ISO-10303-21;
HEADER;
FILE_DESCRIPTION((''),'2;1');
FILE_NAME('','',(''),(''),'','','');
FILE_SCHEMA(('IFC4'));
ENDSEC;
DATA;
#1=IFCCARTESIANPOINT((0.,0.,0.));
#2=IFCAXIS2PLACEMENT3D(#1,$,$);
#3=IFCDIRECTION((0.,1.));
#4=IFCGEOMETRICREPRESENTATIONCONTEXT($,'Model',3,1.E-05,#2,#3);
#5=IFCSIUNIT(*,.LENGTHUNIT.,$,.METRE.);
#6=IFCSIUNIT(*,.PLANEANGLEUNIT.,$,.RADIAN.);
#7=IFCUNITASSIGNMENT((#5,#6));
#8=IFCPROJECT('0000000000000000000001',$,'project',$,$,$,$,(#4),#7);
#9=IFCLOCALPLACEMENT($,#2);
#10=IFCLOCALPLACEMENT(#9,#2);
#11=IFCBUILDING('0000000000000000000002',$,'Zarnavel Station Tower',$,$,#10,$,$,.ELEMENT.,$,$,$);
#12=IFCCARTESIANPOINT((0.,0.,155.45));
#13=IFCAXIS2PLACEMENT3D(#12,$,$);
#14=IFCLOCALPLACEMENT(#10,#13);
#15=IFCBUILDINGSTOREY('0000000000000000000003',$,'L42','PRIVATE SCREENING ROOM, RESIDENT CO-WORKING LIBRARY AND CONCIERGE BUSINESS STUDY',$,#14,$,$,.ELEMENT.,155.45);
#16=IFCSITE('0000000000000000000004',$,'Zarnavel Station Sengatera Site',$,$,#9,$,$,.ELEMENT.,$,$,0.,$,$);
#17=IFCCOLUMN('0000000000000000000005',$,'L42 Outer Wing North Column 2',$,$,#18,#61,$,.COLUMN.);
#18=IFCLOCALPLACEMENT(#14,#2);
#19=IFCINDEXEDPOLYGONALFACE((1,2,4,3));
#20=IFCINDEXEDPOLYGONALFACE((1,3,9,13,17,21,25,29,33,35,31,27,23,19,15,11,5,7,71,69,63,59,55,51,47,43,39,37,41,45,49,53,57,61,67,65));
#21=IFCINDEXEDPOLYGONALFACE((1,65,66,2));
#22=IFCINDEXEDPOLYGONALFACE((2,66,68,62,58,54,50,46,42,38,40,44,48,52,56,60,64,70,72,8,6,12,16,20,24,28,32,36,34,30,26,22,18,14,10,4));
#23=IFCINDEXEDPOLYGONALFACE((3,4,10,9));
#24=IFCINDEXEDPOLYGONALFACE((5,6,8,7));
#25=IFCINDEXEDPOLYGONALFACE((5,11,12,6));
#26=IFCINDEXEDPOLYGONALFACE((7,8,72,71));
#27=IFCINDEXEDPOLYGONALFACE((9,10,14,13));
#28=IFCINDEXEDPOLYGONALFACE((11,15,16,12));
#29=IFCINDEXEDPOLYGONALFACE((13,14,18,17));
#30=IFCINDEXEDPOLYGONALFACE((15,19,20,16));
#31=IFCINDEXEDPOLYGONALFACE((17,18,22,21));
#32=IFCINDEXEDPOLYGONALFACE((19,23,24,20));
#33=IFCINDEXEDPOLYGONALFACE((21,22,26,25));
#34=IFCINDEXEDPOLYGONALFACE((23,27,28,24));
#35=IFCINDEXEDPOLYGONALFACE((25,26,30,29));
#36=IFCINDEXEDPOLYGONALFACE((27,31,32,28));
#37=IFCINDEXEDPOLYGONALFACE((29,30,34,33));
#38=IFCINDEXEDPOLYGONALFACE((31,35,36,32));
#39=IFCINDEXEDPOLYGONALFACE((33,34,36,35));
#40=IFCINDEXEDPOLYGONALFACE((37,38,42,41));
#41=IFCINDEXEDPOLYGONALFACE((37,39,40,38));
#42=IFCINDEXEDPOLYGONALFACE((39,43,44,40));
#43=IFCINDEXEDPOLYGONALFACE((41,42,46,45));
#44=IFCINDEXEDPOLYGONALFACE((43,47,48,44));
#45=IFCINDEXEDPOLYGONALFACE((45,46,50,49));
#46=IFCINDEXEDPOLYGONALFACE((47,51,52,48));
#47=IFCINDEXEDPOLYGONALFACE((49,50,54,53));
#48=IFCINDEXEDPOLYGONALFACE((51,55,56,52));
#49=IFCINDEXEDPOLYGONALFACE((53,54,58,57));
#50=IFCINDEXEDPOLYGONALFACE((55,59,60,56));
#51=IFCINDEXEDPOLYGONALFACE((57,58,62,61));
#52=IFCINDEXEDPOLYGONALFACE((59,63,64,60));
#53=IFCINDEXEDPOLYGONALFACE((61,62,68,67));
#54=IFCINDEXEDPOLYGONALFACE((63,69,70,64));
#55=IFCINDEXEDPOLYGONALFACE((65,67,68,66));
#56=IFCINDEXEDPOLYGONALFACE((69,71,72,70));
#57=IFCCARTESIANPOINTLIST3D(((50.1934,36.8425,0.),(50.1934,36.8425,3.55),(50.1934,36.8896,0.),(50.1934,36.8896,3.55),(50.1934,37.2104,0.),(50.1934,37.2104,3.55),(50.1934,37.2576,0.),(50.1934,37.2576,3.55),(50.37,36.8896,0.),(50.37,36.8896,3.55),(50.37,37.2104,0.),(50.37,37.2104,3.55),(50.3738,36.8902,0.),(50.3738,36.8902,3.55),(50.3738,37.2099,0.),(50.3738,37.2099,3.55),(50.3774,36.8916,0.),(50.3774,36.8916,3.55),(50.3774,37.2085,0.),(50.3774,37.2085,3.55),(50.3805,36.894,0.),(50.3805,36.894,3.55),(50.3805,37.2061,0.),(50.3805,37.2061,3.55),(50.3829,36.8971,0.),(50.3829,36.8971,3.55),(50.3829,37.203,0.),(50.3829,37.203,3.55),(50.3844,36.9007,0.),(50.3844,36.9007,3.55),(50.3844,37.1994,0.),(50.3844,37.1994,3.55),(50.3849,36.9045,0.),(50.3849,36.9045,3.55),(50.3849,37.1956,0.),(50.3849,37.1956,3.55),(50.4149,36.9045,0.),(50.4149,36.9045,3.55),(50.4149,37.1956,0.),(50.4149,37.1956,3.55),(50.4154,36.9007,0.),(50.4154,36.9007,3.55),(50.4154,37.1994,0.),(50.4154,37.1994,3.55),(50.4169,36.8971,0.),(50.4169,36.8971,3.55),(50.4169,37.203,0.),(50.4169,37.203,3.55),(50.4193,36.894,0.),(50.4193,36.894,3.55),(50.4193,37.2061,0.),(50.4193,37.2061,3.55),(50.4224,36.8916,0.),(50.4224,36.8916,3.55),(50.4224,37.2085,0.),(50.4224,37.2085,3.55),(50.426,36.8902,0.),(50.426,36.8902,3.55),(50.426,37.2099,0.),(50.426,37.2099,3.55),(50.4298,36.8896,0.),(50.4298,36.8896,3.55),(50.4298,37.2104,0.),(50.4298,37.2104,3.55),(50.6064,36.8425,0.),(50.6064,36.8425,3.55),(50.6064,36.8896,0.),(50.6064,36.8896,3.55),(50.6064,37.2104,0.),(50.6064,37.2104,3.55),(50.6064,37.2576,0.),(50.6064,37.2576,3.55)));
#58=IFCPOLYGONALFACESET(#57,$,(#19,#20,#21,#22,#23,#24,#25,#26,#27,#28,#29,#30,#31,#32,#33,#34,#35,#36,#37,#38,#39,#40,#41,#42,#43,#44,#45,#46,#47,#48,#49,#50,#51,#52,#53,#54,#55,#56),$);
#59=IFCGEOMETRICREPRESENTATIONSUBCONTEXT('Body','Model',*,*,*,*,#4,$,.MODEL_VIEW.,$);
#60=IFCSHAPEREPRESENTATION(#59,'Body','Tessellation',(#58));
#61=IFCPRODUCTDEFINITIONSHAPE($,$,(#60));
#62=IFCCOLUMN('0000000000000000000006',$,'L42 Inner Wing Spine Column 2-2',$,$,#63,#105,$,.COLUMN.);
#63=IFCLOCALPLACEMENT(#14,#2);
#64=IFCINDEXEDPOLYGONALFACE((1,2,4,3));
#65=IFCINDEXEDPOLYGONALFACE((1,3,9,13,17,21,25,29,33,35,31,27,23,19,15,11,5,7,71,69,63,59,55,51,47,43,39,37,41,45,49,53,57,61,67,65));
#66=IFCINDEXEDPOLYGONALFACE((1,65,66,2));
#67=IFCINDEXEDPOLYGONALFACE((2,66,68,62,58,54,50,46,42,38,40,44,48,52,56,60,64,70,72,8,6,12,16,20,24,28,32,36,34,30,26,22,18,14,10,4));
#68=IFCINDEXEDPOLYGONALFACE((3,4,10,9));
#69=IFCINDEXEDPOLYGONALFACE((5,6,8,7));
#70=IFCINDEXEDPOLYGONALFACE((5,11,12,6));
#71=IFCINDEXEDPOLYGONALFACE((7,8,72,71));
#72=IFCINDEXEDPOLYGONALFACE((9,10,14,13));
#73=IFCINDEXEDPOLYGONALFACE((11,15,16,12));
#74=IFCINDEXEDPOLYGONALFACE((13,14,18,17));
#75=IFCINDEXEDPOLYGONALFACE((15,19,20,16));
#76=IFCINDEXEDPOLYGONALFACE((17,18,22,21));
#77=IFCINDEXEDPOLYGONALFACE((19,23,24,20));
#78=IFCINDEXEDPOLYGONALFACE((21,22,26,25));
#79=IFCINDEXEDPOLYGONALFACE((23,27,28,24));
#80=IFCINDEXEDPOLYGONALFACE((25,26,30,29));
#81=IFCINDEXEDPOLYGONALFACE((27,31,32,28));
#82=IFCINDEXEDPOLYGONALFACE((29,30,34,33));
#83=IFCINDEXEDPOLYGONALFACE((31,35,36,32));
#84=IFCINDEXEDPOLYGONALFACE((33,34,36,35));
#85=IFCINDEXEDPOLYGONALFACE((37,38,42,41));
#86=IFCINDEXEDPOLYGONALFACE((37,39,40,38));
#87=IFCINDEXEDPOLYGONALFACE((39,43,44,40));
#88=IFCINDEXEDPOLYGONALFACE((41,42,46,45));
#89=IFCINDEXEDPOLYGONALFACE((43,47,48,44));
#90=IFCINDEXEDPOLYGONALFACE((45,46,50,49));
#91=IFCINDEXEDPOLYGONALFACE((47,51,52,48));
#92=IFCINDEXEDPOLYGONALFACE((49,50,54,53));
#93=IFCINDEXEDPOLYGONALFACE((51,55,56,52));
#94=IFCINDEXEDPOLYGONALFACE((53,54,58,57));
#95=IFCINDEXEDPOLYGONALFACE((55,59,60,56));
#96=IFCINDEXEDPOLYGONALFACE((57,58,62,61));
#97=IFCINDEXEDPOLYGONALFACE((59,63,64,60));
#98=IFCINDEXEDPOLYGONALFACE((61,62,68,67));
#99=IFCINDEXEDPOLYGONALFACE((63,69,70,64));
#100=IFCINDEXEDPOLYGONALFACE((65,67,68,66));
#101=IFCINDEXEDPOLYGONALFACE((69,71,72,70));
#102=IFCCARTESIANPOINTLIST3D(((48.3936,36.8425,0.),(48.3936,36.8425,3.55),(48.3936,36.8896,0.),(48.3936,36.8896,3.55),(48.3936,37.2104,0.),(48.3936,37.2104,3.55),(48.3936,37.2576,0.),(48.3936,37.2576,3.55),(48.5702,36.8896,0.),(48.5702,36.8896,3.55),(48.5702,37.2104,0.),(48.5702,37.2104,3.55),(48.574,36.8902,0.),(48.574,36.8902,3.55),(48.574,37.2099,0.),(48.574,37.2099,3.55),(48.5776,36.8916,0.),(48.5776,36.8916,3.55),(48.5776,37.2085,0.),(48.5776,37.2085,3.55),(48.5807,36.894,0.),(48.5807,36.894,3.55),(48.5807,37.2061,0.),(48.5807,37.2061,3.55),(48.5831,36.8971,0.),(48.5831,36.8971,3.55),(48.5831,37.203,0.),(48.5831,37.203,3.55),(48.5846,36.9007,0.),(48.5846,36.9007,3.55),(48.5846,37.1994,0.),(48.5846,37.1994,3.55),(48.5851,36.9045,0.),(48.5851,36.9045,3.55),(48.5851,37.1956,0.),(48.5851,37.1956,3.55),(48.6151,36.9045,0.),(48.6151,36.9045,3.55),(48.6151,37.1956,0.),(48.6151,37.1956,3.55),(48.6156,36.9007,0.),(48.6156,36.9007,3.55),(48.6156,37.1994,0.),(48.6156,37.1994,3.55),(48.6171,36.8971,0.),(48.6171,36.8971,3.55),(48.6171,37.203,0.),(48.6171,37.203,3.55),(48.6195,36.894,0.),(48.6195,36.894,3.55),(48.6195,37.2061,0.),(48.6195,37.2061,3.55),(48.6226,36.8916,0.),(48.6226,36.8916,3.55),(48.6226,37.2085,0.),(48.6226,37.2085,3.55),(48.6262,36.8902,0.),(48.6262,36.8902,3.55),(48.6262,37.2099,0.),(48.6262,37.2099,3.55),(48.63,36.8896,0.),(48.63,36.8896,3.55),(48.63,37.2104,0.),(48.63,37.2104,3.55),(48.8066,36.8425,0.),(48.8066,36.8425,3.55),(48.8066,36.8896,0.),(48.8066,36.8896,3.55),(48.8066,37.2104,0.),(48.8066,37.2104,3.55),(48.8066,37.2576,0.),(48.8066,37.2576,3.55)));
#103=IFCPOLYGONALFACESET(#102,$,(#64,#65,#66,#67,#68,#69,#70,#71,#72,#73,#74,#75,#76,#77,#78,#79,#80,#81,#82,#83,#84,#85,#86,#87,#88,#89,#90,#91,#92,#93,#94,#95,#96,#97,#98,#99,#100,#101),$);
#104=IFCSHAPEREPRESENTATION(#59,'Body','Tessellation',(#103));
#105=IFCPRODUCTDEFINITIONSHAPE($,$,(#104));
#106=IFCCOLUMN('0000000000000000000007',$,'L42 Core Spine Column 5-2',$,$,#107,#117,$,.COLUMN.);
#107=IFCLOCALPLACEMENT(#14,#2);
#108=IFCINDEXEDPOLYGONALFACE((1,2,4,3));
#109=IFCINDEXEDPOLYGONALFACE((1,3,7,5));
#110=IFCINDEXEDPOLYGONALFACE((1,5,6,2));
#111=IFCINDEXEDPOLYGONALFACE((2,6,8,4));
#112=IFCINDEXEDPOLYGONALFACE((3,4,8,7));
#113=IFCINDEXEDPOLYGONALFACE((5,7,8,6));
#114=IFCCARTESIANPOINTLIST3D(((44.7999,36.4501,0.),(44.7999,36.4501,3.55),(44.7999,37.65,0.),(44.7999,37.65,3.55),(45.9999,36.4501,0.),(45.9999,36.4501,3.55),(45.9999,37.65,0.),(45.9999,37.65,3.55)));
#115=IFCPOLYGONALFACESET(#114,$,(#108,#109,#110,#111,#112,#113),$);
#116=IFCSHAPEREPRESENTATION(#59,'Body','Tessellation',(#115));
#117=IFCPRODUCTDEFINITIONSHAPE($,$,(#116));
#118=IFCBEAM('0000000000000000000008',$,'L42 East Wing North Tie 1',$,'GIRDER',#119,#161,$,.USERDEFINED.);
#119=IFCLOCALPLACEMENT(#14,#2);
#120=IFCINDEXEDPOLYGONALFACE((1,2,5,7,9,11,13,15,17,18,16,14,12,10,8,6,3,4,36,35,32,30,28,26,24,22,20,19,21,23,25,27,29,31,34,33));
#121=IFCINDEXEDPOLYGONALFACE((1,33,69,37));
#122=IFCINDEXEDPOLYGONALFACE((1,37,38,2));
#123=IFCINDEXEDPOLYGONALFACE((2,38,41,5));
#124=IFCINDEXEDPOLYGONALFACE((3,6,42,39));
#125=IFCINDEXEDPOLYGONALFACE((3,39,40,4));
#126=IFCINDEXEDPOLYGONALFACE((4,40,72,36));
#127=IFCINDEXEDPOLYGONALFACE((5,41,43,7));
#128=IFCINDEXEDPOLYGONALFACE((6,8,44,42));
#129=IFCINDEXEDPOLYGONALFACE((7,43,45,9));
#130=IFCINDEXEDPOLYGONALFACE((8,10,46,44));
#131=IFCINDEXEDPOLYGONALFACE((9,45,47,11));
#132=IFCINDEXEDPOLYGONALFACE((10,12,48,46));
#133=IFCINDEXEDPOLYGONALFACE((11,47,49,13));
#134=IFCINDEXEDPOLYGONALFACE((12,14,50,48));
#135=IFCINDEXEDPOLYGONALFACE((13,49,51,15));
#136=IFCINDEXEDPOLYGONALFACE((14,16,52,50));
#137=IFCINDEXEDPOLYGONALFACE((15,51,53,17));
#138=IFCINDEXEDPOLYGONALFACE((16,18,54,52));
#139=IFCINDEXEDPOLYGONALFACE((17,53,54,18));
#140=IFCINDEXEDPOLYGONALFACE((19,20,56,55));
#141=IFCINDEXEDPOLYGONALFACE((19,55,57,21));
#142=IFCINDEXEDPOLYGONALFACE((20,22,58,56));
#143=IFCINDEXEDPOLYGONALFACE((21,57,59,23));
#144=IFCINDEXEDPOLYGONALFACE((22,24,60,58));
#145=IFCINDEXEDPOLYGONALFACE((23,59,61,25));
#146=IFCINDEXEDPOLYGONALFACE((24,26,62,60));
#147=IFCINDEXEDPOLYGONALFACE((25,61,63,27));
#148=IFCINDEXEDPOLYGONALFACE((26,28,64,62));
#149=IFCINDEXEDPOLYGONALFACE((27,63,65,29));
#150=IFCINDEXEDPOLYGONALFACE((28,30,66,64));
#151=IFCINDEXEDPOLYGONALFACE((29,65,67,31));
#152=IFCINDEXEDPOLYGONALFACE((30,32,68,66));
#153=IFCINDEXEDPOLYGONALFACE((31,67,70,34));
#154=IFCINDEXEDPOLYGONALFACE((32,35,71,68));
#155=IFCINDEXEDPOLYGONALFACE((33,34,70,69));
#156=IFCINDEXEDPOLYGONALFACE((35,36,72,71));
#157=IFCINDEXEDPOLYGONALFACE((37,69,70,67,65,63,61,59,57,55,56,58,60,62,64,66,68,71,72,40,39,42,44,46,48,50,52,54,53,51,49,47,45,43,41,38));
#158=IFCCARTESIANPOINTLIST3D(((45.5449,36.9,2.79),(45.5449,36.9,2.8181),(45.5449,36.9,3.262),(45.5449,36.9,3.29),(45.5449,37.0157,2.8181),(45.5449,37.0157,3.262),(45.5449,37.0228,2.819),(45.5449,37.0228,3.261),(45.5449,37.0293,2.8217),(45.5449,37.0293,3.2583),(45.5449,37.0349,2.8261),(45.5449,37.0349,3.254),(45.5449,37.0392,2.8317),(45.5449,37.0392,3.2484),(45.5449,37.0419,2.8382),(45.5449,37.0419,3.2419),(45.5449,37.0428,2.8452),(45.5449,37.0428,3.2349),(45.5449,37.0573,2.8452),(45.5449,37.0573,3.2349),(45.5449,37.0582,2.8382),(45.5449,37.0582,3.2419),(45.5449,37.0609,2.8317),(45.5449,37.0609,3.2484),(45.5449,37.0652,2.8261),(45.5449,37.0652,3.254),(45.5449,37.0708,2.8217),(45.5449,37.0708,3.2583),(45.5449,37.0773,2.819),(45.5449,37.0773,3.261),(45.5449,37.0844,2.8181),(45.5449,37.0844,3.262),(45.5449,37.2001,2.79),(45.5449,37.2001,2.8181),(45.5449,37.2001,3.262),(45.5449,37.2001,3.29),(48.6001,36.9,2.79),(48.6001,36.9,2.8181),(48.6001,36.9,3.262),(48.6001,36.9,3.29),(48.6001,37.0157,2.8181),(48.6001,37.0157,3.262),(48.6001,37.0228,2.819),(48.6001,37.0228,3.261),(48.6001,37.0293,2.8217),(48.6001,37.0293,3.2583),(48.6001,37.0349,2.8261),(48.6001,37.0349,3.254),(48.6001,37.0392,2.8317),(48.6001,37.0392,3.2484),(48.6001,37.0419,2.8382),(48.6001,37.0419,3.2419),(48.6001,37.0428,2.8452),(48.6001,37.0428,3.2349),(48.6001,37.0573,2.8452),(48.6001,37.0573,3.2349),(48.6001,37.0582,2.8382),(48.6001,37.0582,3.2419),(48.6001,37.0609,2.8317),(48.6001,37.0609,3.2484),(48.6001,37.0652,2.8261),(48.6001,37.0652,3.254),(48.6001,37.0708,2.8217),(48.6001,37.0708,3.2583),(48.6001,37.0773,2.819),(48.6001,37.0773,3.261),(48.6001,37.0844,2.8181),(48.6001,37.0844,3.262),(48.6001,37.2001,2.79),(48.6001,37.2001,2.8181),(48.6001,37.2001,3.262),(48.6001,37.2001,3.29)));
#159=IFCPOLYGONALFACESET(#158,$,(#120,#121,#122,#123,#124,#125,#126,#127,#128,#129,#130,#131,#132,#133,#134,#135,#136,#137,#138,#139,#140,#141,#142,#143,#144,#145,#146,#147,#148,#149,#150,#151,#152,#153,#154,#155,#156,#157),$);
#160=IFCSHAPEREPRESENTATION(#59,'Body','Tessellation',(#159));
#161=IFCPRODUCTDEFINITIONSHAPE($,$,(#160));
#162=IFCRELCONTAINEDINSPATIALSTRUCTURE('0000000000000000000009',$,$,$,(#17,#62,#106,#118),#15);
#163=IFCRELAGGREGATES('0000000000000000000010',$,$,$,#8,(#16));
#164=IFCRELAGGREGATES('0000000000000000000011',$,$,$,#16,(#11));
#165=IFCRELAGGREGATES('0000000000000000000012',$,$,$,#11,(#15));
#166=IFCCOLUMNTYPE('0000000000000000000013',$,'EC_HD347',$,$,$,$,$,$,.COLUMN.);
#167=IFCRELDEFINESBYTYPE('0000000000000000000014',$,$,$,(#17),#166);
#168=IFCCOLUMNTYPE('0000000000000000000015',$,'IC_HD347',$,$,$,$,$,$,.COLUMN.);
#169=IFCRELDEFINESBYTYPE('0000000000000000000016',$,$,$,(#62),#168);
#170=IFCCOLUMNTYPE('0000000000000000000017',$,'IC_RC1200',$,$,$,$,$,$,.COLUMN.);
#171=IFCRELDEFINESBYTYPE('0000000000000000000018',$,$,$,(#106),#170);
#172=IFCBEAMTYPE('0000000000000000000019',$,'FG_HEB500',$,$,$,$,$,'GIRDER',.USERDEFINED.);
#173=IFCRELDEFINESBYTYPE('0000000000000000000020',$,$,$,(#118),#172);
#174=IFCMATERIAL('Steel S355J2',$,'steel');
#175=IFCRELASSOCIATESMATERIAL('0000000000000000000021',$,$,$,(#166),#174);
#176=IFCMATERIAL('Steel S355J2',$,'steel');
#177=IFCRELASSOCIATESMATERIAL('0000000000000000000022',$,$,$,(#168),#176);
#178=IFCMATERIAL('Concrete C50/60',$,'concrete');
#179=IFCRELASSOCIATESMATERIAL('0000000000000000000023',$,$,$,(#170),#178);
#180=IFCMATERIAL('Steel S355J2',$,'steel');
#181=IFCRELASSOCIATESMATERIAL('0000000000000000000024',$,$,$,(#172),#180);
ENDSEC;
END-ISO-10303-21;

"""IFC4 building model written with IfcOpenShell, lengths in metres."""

from ifc_helpers import new_model, si_unit, direction, frame, origin, origin_2d, place, context, subcontext, project, spatial, rectangle, i_section, extrude, material, material_profile, profile_set, type_object, element, save


model = new_model("IFC4")

# Units and contexts
model_context = context("Model", 3, precision=1e-05, world=origin(), true_north=direction((0.0, 1.0)))
body_context = subcontext(model_context, "Body", "Model", "MODEL_VIEW")
ifc_project = project(units=[si_unit("LENGTHUNIT", "METRE"), si_unit("PLANEANGLEUNIT", "RADIAN")], contexts=[model_context])

# Site, building, storey
site_placement = place(None, origin())
site = spatial("IfcSite", under=ifc_project, at=site_placement, Name="Zarnavel Station Sengatera Site", CompositionType="ELEMENT", RefElevation=0.0)
building_placement = place(site_placement, origin())
building = spatial("IfcBuilding", under=site, at=building_placement, Name="Zarnavel Station Tower", CompositionType="ELEMENT")
storey_placement = place(building_placement, frame((0.0, 0.0, 155.45)))
storey = spatial("IfcBuildingStorey", under=building, at=storey_placement, Name="L42", Description="PRIVATE SCREENING ROOM, RESIDENT CO-WORKING LIBRARY AND CONCIERGE BUSINESS STUDY", CompositionType="ELEMENT", Elevation=155.45)

# Columns
ifc_material_1 = material(Name="Steel S355J2", Category="steel")
ifc_material_profile_1 = material_profile(ifc_material_1, i_section(OverallWidth=0.4131, OverallDepth=0.415, WebThickness=0.03, FlangeThickness=0.0471, FilletRadius=0.0149, at=origin_2d()), Name="HD400x347")
ifc_profile_set_1 = profile_set([ifc_material_profile_1], Name="Steel S355J2")
column_type_1 = type_object("IfcColumnType", Name="EC_HD347", PredefinedType="COLUMN", material=ifc_profile_set_1)
column_1_placement = place(storey_placement, frame((50.3999, 37.05, 0.0), z_axis=(0.0, 0.0, 1.0), x_axis=(1.0, 0.0, 0.0)))
element("IfcColumn", 1, at=column_1_placement, inside=storey, type_object=column_type_1, Name="L42 Outer Wing North Column 2", PredefinedType="COLUMN", context=body_context, shape_type="SweptSolid", body=[
    extrude(i_section(OverallWidth=0.4131, OverallDepth=0.415, WebThickness=0.03, FlangeThickness=0.0471, FilletRadius=0.0149, at=origin_2d()), origin(), (0.0, 0.0, 1.0), 3.55),
])
ifc_material_2 = material(Name="Steel S355J2", Category="steel")
ifc_material_profile_2 = material_profile(ifc_material_2, i_section(OverallWidth=0.4131, OverallDepth=0.415, WebThickness=0.03, FlangeThickness=0.0471, FilletRadius=0.0149, at=origin_2d()), Name="HD400x347")
ifc_profile_set_2 = profile_set([ifc_material_profile_2], Name="Steel S355J2")
column_type_2 = type_object("IfcColumnType", Name="IC_HD347", PredefinedType="COLUMN", material=ifc_profile_set_2)
column_2_placement = place(storey_placement, frame((48.6001, 37.05, 0.0), z_axis=(0.0, 0.0, 1.0), x_axis=(1.0, 0.0, 0.0)))
element("IfcColumn", 2, at=column_2_placement, inside=storey, type_object=column_type_2, Name="L42 Inner Wing Spine Column 2-2", PredefinedType="COLUMN", context=body_context, shape_type="SweptSolid", body=[
    extrude(i_section(OverallWidth=0.4131, OverallDepth=0.415, WebThickness=0.03, FlangeThickness=0.0471, FilletRadius=0.0149, at=origin_2d()), origin(), (0.0, 0.0, 1.0), 3.55),
])
ifc_material_3 = material(Name="Concrete C50/60", Category="concrete")
ifc_material_profile_3 = material_profile(ifc_material_3, rectangle(XDim=1.2, YDim=1.2, at=origin_2d()), Name="RC1200x1200")
ifc_profile_set_3 = profile_set([ifc_material_profile_3], Name="Concrete C50/60")
column_type_3 = type_object("IfcColumnType", Name="IC_RC1200", PredefinedType="COLUMN", material=ifc_profile_set_3)
column_3_placement = place(storey_placement, frame((45.3999, 37.05, 0.0), z_axis=(0.0, 0.0, 1.0), x_axis=(1.0, 0.0, 0.0)))
element("IfcColumn", 3, at=column_3_placement, inside=storey, type_object=column_type_3, Name="L42 Core Spine Column 5-2", PredefinedType="COLUMN", context=body_context, shape_type="SweptSolid", body=[
    extrude(rectangle(XDim=1.2, YDim=1.2, at=origin_2d()), origin(), (0.0, 0.0, 1.0), 3.55),
])

# Beam
ifc_material_4 = material(Name="Steel S355J2", Category="steel")
ifc_material_profile_4 = material_profile(ifc_material_4, i_section(OverallWidth=0.3, OverallDepth=0.5, WebThickness=0.0144, FlangeThickness=0.0281, FilletRadius=0.0271, at=origin_2d()), Name="HEB500")
ifc_profile_set_4 = profile_set([ifc_material_profile_4], Name="Steel S355J2")
beam_type = type_object("IfcBeamType", Name="FG_HEB500", ElementType="GIRDER", PredefinedType="USERDEFINED", material=ifc_profile_set_4)
beam_1_placement = place(storey_placement, frame((45.5449, 37.05, 3.04), z_axis=(1.0, 0.0, 0.0), x_axis=(0.0, 1.0, 0.0)))
element("IfcBeam", 4, at=beam_1_placement, inside=storey, type_object=beam_type, Name="L42 East Wing North Tie 1", ObjectType="GIRDER", PredefinedType="USERDEFINED", context=body_context, shape_type="SweptSolid", body=[
    extrude(i_section(OverallWidth=0.3, OverallDepth=0.5, WebThickness=0.0144, FlangeThickness=0.0281, FilletRadius=0.0271, at=origin_2d()), origin(), (0.0, 0.0, 1.0), 3.0552),
])

save(model, "model.ifc")
